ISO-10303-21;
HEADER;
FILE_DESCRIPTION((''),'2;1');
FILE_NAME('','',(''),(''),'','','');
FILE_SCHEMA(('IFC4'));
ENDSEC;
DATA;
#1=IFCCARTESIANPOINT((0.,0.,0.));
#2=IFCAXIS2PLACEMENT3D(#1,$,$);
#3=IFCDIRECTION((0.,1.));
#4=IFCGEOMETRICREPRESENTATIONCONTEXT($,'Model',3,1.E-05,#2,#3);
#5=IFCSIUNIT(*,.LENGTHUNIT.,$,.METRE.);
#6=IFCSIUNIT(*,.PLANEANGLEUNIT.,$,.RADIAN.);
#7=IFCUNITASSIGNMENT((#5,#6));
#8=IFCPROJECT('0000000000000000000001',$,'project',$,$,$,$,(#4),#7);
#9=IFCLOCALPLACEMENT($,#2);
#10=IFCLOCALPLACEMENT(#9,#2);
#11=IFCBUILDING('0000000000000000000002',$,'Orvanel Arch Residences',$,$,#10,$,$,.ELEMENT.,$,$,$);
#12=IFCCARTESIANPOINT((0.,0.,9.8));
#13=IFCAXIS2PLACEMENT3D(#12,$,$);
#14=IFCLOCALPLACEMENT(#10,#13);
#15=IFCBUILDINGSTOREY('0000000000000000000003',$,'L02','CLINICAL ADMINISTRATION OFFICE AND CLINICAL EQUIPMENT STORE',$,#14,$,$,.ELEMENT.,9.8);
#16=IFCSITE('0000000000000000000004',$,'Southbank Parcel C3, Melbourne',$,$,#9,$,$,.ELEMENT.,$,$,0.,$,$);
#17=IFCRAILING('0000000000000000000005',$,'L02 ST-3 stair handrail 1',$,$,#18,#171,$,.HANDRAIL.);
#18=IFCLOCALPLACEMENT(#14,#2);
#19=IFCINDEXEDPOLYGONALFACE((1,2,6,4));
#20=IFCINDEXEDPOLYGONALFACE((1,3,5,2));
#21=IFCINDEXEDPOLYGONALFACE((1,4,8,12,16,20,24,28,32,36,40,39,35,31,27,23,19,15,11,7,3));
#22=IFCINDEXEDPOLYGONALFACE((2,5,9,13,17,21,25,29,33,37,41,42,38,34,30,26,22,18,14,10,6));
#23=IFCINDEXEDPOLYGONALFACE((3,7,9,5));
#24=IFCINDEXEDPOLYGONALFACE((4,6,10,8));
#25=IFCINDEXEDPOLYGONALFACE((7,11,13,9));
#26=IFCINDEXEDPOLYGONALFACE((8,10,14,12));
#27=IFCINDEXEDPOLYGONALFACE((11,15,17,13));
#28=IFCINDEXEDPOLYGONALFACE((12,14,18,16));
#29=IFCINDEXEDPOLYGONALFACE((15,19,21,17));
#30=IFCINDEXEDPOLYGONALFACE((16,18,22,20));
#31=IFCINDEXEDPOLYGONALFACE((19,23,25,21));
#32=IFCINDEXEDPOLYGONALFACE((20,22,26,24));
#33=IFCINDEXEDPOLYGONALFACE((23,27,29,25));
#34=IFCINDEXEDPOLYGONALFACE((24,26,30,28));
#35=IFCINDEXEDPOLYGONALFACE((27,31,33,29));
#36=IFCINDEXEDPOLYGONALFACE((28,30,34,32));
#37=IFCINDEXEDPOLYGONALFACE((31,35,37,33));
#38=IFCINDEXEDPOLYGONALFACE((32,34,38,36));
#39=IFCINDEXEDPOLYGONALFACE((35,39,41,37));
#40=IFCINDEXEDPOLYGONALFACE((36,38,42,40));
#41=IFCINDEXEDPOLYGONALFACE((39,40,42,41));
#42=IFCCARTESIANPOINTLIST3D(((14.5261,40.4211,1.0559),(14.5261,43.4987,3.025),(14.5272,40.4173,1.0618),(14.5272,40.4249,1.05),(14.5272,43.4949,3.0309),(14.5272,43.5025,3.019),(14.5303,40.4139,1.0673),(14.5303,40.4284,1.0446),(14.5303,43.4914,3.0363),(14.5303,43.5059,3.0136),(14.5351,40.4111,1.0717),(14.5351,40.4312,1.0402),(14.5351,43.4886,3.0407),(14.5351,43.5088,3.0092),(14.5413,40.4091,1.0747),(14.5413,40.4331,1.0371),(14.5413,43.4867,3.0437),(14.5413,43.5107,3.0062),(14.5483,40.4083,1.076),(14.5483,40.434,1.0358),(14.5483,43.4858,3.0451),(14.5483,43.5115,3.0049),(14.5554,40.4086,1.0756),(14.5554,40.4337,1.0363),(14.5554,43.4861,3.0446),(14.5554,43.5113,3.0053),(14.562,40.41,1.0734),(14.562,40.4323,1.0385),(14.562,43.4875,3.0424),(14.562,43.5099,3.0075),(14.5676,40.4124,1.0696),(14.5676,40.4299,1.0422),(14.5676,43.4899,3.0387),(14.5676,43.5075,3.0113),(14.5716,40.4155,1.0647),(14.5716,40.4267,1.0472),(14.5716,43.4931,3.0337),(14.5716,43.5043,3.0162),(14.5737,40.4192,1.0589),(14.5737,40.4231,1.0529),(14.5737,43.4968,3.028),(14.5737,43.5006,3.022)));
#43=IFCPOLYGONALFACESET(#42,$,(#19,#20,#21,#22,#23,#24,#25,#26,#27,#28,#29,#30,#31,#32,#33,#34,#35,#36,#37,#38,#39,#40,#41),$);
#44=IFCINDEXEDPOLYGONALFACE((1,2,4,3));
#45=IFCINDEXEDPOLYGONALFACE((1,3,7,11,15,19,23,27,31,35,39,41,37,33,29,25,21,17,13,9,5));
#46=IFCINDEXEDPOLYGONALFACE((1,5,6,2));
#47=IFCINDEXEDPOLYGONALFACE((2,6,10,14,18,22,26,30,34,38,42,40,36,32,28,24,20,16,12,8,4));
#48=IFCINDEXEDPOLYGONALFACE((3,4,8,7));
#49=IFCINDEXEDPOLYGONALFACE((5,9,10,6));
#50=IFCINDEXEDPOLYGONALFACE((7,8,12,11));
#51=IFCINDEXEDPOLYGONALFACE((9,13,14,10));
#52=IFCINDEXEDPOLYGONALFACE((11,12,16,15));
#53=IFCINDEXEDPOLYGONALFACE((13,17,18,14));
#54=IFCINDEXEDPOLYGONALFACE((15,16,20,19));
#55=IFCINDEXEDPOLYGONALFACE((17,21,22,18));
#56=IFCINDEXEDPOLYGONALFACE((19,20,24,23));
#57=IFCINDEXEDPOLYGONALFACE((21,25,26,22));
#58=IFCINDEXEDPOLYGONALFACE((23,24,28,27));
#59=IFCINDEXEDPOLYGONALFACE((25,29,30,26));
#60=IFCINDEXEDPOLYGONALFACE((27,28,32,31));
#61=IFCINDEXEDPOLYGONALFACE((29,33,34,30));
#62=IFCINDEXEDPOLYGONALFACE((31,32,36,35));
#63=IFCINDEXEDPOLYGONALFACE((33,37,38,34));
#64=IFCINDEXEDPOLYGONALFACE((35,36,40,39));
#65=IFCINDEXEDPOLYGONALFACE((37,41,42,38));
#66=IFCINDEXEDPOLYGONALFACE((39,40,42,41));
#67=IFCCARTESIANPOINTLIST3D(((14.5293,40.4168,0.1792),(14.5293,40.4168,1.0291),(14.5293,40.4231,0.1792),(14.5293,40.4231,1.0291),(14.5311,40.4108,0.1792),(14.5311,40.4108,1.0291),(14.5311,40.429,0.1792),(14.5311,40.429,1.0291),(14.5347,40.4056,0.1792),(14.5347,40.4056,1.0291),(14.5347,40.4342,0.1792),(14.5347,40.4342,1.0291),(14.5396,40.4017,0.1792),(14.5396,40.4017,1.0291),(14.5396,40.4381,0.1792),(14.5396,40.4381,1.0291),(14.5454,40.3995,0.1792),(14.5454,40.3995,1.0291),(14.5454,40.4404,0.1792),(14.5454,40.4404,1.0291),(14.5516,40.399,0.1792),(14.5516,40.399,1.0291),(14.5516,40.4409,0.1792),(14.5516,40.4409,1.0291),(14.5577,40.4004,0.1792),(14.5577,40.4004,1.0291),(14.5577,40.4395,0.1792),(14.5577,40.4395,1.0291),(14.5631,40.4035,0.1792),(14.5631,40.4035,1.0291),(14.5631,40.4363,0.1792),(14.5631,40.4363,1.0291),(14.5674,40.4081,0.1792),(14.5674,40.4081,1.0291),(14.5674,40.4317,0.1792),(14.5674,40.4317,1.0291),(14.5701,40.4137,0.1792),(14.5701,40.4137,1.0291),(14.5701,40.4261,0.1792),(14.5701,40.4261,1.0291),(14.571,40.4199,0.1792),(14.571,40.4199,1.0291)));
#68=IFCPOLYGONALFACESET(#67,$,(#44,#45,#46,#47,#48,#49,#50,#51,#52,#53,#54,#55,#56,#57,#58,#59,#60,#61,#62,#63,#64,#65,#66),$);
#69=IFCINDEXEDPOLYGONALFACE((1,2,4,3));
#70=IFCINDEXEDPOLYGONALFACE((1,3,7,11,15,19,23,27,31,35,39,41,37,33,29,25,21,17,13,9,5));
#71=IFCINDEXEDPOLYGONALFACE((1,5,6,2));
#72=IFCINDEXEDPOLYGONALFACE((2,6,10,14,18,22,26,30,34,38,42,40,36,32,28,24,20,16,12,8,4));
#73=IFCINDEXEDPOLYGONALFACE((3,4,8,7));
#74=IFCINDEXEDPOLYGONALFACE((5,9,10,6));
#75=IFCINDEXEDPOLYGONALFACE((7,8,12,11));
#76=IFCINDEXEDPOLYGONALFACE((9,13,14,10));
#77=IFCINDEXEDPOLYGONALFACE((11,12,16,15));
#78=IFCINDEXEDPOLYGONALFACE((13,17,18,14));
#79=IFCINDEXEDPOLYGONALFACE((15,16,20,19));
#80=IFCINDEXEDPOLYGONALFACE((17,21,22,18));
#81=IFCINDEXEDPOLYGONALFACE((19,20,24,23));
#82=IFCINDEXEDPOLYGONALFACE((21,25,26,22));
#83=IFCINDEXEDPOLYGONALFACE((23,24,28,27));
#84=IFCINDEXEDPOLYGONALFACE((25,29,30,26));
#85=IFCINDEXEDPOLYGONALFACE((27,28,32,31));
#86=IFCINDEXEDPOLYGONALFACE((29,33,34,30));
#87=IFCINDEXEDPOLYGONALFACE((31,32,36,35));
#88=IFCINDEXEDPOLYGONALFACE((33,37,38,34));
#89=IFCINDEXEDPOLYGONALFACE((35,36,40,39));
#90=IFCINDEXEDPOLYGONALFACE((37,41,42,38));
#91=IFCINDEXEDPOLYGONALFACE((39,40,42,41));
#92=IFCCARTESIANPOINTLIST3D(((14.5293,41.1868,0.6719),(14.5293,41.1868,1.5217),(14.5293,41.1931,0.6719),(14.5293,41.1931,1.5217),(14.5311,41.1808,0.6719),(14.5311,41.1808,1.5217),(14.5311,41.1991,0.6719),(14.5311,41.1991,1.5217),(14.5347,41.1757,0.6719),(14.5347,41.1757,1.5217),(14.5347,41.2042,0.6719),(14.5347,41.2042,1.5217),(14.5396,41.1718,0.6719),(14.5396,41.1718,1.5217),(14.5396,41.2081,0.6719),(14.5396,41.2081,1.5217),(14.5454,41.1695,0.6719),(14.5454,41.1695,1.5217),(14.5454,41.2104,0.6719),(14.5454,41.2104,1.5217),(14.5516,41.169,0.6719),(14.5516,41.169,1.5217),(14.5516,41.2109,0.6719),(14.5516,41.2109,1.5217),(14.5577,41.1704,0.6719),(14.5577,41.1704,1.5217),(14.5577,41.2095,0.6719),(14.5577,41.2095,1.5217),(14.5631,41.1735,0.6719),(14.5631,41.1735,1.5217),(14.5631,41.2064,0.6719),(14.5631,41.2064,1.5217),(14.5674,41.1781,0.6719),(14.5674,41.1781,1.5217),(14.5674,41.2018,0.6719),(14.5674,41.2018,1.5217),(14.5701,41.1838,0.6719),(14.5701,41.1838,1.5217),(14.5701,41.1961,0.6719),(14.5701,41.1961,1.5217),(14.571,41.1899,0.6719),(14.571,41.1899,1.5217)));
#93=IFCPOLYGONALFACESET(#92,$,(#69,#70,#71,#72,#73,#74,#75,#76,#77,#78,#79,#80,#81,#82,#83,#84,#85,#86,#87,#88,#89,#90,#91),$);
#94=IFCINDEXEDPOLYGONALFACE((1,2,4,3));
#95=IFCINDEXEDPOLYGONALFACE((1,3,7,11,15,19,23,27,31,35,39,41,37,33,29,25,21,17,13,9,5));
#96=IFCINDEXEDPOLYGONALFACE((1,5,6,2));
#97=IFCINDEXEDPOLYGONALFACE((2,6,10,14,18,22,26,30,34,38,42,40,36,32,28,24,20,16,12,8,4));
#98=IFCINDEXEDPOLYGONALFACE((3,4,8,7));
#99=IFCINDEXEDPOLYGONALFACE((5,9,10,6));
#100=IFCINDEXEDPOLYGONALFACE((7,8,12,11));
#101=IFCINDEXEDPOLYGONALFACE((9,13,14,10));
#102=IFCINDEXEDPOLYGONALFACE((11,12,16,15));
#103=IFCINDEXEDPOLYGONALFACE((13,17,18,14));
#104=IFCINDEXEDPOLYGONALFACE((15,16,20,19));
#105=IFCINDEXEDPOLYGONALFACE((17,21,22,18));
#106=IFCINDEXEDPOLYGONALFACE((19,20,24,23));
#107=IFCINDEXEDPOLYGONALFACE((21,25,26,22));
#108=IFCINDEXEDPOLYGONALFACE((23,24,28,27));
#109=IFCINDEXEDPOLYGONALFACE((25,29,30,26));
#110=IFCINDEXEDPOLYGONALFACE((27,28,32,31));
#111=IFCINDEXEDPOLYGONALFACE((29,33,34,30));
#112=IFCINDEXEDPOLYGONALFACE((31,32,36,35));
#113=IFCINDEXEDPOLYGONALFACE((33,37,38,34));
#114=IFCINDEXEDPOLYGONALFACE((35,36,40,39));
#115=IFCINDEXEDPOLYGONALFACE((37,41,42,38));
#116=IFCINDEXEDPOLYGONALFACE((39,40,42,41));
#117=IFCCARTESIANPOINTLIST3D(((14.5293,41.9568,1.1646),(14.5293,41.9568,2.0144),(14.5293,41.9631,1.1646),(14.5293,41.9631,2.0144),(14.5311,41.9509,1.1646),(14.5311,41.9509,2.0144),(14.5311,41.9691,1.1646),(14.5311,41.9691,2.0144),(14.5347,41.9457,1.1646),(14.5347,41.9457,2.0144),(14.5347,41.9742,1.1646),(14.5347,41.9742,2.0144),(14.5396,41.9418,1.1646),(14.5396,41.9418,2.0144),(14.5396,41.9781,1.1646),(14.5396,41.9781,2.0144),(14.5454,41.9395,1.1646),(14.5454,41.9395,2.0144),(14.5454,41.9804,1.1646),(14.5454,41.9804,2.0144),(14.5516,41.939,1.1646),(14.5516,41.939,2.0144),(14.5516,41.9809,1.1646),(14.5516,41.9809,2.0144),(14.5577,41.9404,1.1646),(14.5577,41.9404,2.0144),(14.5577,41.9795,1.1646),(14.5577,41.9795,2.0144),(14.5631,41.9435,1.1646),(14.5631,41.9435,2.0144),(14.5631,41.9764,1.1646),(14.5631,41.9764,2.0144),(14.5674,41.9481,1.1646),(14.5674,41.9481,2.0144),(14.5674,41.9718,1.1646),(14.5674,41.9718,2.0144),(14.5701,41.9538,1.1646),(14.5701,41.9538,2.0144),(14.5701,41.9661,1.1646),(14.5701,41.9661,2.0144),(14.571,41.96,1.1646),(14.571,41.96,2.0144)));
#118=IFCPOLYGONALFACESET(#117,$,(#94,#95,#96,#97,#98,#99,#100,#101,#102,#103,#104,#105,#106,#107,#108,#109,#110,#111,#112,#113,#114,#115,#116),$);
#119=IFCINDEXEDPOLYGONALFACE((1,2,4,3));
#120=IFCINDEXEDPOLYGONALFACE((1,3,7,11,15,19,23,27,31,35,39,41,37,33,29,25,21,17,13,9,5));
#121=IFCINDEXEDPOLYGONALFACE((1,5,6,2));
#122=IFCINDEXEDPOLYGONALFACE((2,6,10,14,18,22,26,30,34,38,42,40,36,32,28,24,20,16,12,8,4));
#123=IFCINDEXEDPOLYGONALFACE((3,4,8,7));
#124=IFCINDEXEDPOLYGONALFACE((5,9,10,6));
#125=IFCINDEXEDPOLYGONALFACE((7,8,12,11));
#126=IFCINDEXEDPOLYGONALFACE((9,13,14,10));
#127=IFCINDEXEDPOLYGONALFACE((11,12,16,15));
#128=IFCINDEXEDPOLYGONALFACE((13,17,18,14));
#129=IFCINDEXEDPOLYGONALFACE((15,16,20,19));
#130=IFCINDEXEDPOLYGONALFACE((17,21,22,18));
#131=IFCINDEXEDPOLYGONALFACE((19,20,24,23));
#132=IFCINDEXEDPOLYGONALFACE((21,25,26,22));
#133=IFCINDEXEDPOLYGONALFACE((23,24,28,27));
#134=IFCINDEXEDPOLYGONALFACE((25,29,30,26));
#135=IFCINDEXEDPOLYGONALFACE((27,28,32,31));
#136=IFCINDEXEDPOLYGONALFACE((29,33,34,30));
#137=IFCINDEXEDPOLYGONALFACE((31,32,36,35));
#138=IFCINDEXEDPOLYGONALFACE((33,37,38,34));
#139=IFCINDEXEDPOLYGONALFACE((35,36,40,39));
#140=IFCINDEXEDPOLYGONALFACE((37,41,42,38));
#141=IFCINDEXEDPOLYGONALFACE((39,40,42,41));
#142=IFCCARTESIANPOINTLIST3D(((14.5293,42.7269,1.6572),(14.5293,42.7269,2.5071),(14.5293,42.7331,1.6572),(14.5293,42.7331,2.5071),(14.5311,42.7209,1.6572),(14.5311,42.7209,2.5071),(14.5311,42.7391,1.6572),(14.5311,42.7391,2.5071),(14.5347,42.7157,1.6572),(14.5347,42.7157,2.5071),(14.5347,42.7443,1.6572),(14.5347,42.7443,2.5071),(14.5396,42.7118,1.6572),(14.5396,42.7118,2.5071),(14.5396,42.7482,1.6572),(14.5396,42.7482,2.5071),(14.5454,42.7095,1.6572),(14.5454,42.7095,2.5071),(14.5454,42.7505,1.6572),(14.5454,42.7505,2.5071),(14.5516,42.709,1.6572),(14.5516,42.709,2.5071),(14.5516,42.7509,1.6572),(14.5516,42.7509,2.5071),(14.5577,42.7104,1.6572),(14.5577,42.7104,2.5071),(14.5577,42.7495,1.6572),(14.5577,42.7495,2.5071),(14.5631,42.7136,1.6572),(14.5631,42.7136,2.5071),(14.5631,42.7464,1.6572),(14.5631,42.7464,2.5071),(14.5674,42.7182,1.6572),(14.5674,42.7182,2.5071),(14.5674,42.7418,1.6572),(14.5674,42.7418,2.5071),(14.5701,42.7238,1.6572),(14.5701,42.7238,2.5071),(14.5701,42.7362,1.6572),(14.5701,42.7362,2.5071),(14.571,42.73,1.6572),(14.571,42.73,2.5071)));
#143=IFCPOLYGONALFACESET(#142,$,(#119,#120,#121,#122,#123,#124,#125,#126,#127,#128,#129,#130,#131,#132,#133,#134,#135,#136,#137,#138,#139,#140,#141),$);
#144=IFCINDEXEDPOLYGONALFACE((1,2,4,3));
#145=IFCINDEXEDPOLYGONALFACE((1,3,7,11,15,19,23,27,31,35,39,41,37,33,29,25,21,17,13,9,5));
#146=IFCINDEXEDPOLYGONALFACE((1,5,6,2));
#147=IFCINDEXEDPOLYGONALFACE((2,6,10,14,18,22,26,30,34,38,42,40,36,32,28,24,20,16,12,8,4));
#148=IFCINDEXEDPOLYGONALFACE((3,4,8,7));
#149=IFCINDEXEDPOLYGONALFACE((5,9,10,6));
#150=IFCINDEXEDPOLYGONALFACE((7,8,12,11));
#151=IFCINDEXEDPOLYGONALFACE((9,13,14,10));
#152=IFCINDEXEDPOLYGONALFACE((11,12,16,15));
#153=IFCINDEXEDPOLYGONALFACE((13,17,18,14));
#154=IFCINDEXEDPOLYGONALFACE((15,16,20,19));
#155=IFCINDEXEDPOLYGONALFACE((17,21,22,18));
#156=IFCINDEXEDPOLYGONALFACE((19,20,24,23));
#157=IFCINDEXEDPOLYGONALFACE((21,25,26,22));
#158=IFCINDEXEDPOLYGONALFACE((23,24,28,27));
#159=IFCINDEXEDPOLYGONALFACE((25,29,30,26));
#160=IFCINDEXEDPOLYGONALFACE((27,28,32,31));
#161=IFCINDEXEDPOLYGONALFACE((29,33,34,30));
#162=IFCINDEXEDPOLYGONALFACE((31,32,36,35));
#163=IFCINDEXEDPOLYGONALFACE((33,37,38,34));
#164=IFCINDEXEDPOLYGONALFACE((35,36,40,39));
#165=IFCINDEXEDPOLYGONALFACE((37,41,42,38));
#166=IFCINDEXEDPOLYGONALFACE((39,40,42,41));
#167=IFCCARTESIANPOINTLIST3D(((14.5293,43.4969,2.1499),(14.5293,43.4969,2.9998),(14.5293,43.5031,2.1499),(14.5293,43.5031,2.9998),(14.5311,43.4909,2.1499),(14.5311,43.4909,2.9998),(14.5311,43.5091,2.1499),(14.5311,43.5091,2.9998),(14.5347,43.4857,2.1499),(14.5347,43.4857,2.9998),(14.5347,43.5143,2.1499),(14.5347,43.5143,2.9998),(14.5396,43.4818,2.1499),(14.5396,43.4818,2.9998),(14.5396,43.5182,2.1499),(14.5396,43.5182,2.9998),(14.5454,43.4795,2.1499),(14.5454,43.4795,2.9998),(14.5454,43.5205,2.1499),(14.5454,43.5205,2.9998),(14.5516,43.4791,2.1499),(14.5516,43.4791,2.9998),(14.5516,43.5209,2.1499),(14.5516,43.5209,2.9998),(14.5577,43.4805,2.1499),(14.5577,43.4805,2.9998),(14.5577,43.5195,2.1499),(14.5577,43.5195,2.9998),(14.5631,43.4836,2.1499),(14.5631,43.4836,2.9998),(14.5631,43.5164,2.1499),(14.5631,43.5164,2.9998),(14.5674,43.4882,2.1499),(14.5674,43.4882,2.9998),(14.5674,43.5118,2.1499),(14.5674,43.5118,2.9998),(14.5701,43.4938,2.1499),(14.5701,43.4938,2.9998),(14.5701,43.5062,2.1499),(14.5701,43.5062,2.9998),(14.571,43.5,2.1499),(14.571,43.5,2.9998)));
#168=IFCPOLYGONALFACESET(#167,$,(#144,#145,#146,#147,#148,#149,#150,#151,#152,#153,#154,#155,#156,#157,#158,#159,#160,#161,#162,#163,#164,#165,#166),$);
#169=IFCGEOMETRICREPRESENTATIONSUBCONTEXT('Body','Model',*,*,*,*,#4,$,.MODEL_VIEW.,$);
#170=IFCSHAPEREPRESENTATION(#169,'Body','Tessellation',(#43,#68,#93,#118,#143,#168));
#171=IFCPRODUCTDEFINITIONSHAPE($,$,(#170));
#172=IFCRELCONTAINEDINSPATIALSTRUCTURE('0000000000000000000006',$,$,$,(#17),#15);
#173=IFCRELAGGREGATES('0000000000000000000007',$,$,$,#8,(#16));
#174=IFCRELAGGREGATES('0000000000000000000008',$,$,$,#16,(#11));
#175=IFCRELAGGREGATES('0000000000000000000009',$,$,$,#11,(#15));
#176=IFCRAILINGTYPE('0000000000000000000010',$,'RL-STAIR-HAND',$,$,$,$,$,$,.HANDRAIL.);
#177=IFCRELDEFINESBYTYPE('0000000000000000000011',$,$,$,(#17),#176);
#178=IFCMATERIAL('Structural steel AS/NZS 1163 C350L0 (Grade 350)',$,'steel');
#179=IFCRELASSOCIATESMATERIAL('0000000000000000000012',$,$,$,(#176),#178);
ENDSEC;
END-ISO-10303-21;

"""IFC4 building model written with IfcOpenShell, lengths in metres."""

from ifc_helpers import new_model, si_unit, direction, frame, origin, origin_2d, place, context, subcontext, project, spatial, circle, extrude, material, type_object, element, save


model = new_model("IFC4")

# Units and contexts
model_context = context("Model", 3, precision=1e-05, world=origin(), true_north=direction((0.0, 1.0)))
body_context = subcontext(model_context, "Body", "Model", "MODEL_VIEW")
ifc_project = project(units=[si_unit("LENGTHUNIT", "METRE"), si_unit("PLANEANGLEUNIT", "RADIAN")], contexts=[model_context])

# Site, building, storey
site_placement = place(None, origin())
site = spatial("IfcSite", under=ifc_project, at=site_placement, Name="Southbank Parcel C3, Melbourne", CompositionType="ELEMENT", RefElevation=0.0)
building_placement = place(site_placement, origin())
building = spatial("IfcBuilding", under=site, at=building_placement, Name="Orvanel Arch Residences", CompositionType="ELEMENT")
storey_placement = place(building_placement, frame((0.0, 0.0, 9.8)))
storey = spatial("IfcBuildingStorey", under=building, at=storey_placement, Name="L02", Description="CLINICAL ADMINISTRATION OFFICE AND CLINICAL EQUIPMENT STORE", CompositionType="ELEMENT", Elevation=9.8)

# Railing
ifc_material_1 = material(Name="Structural steel AS/NZS 1163 C350L0 (Grade 350)", Category="steel")
railing_type = type_object("IfcRailingType", Name="RL-STAIR-HAND", PredefinedType="HANDRAIL", material=ifc_material_1)
railing_placement = place(storey_placement, frame((14.55, 40.4199, 0.1792)))
element("IfcRailing", 1, at=railing_placement, inside=storey, type_object=railing_type, Name="L02 ST-3 stair handrail 1", PredefinedType="HANDRAIL", context=body_context, shape_type="SweptSolid", body=[
    extrude(circle(Radius=0.0239, at=origin_2d()), frame((0.0, 0.0012, 0.8767), z_axis=(0.0, 0.842339, 0.538948), x_axis=(-1.0, 0.0, 0.0)), (0.0, 0.0, 1.0), 3.6536),
    extrude(circle(Radius=0.021, at=origin_2d()), origin(), (0.0, 0.0, 1.0), 0.8499),
    extrude(circle(Radius=0.021, at=origin_2d()), frame((0.0, 0.77, 0.4927)), (0.0, 0.0, 1.0), 0.8499),
    extrude(circle(Radius=0.021, at=origin_2d()), frame((0.0, 1.54, 0.9854)), (0.0, 0.0, 1.0), 0.8499),
    extrude(circle(Radius=0.021, at=origin_2d()), frame((0.0, 2.3101, 1.478)), (0.0, 0.0, 1.0), 0.8499),
    extrude(circle(Radius=0.021, at=origin_2d()), frame((0.0, 3.0801, 1.9707)), (0.0, 0.0, 1.0), 0.8499),
])

save(model, "model.ifc")
